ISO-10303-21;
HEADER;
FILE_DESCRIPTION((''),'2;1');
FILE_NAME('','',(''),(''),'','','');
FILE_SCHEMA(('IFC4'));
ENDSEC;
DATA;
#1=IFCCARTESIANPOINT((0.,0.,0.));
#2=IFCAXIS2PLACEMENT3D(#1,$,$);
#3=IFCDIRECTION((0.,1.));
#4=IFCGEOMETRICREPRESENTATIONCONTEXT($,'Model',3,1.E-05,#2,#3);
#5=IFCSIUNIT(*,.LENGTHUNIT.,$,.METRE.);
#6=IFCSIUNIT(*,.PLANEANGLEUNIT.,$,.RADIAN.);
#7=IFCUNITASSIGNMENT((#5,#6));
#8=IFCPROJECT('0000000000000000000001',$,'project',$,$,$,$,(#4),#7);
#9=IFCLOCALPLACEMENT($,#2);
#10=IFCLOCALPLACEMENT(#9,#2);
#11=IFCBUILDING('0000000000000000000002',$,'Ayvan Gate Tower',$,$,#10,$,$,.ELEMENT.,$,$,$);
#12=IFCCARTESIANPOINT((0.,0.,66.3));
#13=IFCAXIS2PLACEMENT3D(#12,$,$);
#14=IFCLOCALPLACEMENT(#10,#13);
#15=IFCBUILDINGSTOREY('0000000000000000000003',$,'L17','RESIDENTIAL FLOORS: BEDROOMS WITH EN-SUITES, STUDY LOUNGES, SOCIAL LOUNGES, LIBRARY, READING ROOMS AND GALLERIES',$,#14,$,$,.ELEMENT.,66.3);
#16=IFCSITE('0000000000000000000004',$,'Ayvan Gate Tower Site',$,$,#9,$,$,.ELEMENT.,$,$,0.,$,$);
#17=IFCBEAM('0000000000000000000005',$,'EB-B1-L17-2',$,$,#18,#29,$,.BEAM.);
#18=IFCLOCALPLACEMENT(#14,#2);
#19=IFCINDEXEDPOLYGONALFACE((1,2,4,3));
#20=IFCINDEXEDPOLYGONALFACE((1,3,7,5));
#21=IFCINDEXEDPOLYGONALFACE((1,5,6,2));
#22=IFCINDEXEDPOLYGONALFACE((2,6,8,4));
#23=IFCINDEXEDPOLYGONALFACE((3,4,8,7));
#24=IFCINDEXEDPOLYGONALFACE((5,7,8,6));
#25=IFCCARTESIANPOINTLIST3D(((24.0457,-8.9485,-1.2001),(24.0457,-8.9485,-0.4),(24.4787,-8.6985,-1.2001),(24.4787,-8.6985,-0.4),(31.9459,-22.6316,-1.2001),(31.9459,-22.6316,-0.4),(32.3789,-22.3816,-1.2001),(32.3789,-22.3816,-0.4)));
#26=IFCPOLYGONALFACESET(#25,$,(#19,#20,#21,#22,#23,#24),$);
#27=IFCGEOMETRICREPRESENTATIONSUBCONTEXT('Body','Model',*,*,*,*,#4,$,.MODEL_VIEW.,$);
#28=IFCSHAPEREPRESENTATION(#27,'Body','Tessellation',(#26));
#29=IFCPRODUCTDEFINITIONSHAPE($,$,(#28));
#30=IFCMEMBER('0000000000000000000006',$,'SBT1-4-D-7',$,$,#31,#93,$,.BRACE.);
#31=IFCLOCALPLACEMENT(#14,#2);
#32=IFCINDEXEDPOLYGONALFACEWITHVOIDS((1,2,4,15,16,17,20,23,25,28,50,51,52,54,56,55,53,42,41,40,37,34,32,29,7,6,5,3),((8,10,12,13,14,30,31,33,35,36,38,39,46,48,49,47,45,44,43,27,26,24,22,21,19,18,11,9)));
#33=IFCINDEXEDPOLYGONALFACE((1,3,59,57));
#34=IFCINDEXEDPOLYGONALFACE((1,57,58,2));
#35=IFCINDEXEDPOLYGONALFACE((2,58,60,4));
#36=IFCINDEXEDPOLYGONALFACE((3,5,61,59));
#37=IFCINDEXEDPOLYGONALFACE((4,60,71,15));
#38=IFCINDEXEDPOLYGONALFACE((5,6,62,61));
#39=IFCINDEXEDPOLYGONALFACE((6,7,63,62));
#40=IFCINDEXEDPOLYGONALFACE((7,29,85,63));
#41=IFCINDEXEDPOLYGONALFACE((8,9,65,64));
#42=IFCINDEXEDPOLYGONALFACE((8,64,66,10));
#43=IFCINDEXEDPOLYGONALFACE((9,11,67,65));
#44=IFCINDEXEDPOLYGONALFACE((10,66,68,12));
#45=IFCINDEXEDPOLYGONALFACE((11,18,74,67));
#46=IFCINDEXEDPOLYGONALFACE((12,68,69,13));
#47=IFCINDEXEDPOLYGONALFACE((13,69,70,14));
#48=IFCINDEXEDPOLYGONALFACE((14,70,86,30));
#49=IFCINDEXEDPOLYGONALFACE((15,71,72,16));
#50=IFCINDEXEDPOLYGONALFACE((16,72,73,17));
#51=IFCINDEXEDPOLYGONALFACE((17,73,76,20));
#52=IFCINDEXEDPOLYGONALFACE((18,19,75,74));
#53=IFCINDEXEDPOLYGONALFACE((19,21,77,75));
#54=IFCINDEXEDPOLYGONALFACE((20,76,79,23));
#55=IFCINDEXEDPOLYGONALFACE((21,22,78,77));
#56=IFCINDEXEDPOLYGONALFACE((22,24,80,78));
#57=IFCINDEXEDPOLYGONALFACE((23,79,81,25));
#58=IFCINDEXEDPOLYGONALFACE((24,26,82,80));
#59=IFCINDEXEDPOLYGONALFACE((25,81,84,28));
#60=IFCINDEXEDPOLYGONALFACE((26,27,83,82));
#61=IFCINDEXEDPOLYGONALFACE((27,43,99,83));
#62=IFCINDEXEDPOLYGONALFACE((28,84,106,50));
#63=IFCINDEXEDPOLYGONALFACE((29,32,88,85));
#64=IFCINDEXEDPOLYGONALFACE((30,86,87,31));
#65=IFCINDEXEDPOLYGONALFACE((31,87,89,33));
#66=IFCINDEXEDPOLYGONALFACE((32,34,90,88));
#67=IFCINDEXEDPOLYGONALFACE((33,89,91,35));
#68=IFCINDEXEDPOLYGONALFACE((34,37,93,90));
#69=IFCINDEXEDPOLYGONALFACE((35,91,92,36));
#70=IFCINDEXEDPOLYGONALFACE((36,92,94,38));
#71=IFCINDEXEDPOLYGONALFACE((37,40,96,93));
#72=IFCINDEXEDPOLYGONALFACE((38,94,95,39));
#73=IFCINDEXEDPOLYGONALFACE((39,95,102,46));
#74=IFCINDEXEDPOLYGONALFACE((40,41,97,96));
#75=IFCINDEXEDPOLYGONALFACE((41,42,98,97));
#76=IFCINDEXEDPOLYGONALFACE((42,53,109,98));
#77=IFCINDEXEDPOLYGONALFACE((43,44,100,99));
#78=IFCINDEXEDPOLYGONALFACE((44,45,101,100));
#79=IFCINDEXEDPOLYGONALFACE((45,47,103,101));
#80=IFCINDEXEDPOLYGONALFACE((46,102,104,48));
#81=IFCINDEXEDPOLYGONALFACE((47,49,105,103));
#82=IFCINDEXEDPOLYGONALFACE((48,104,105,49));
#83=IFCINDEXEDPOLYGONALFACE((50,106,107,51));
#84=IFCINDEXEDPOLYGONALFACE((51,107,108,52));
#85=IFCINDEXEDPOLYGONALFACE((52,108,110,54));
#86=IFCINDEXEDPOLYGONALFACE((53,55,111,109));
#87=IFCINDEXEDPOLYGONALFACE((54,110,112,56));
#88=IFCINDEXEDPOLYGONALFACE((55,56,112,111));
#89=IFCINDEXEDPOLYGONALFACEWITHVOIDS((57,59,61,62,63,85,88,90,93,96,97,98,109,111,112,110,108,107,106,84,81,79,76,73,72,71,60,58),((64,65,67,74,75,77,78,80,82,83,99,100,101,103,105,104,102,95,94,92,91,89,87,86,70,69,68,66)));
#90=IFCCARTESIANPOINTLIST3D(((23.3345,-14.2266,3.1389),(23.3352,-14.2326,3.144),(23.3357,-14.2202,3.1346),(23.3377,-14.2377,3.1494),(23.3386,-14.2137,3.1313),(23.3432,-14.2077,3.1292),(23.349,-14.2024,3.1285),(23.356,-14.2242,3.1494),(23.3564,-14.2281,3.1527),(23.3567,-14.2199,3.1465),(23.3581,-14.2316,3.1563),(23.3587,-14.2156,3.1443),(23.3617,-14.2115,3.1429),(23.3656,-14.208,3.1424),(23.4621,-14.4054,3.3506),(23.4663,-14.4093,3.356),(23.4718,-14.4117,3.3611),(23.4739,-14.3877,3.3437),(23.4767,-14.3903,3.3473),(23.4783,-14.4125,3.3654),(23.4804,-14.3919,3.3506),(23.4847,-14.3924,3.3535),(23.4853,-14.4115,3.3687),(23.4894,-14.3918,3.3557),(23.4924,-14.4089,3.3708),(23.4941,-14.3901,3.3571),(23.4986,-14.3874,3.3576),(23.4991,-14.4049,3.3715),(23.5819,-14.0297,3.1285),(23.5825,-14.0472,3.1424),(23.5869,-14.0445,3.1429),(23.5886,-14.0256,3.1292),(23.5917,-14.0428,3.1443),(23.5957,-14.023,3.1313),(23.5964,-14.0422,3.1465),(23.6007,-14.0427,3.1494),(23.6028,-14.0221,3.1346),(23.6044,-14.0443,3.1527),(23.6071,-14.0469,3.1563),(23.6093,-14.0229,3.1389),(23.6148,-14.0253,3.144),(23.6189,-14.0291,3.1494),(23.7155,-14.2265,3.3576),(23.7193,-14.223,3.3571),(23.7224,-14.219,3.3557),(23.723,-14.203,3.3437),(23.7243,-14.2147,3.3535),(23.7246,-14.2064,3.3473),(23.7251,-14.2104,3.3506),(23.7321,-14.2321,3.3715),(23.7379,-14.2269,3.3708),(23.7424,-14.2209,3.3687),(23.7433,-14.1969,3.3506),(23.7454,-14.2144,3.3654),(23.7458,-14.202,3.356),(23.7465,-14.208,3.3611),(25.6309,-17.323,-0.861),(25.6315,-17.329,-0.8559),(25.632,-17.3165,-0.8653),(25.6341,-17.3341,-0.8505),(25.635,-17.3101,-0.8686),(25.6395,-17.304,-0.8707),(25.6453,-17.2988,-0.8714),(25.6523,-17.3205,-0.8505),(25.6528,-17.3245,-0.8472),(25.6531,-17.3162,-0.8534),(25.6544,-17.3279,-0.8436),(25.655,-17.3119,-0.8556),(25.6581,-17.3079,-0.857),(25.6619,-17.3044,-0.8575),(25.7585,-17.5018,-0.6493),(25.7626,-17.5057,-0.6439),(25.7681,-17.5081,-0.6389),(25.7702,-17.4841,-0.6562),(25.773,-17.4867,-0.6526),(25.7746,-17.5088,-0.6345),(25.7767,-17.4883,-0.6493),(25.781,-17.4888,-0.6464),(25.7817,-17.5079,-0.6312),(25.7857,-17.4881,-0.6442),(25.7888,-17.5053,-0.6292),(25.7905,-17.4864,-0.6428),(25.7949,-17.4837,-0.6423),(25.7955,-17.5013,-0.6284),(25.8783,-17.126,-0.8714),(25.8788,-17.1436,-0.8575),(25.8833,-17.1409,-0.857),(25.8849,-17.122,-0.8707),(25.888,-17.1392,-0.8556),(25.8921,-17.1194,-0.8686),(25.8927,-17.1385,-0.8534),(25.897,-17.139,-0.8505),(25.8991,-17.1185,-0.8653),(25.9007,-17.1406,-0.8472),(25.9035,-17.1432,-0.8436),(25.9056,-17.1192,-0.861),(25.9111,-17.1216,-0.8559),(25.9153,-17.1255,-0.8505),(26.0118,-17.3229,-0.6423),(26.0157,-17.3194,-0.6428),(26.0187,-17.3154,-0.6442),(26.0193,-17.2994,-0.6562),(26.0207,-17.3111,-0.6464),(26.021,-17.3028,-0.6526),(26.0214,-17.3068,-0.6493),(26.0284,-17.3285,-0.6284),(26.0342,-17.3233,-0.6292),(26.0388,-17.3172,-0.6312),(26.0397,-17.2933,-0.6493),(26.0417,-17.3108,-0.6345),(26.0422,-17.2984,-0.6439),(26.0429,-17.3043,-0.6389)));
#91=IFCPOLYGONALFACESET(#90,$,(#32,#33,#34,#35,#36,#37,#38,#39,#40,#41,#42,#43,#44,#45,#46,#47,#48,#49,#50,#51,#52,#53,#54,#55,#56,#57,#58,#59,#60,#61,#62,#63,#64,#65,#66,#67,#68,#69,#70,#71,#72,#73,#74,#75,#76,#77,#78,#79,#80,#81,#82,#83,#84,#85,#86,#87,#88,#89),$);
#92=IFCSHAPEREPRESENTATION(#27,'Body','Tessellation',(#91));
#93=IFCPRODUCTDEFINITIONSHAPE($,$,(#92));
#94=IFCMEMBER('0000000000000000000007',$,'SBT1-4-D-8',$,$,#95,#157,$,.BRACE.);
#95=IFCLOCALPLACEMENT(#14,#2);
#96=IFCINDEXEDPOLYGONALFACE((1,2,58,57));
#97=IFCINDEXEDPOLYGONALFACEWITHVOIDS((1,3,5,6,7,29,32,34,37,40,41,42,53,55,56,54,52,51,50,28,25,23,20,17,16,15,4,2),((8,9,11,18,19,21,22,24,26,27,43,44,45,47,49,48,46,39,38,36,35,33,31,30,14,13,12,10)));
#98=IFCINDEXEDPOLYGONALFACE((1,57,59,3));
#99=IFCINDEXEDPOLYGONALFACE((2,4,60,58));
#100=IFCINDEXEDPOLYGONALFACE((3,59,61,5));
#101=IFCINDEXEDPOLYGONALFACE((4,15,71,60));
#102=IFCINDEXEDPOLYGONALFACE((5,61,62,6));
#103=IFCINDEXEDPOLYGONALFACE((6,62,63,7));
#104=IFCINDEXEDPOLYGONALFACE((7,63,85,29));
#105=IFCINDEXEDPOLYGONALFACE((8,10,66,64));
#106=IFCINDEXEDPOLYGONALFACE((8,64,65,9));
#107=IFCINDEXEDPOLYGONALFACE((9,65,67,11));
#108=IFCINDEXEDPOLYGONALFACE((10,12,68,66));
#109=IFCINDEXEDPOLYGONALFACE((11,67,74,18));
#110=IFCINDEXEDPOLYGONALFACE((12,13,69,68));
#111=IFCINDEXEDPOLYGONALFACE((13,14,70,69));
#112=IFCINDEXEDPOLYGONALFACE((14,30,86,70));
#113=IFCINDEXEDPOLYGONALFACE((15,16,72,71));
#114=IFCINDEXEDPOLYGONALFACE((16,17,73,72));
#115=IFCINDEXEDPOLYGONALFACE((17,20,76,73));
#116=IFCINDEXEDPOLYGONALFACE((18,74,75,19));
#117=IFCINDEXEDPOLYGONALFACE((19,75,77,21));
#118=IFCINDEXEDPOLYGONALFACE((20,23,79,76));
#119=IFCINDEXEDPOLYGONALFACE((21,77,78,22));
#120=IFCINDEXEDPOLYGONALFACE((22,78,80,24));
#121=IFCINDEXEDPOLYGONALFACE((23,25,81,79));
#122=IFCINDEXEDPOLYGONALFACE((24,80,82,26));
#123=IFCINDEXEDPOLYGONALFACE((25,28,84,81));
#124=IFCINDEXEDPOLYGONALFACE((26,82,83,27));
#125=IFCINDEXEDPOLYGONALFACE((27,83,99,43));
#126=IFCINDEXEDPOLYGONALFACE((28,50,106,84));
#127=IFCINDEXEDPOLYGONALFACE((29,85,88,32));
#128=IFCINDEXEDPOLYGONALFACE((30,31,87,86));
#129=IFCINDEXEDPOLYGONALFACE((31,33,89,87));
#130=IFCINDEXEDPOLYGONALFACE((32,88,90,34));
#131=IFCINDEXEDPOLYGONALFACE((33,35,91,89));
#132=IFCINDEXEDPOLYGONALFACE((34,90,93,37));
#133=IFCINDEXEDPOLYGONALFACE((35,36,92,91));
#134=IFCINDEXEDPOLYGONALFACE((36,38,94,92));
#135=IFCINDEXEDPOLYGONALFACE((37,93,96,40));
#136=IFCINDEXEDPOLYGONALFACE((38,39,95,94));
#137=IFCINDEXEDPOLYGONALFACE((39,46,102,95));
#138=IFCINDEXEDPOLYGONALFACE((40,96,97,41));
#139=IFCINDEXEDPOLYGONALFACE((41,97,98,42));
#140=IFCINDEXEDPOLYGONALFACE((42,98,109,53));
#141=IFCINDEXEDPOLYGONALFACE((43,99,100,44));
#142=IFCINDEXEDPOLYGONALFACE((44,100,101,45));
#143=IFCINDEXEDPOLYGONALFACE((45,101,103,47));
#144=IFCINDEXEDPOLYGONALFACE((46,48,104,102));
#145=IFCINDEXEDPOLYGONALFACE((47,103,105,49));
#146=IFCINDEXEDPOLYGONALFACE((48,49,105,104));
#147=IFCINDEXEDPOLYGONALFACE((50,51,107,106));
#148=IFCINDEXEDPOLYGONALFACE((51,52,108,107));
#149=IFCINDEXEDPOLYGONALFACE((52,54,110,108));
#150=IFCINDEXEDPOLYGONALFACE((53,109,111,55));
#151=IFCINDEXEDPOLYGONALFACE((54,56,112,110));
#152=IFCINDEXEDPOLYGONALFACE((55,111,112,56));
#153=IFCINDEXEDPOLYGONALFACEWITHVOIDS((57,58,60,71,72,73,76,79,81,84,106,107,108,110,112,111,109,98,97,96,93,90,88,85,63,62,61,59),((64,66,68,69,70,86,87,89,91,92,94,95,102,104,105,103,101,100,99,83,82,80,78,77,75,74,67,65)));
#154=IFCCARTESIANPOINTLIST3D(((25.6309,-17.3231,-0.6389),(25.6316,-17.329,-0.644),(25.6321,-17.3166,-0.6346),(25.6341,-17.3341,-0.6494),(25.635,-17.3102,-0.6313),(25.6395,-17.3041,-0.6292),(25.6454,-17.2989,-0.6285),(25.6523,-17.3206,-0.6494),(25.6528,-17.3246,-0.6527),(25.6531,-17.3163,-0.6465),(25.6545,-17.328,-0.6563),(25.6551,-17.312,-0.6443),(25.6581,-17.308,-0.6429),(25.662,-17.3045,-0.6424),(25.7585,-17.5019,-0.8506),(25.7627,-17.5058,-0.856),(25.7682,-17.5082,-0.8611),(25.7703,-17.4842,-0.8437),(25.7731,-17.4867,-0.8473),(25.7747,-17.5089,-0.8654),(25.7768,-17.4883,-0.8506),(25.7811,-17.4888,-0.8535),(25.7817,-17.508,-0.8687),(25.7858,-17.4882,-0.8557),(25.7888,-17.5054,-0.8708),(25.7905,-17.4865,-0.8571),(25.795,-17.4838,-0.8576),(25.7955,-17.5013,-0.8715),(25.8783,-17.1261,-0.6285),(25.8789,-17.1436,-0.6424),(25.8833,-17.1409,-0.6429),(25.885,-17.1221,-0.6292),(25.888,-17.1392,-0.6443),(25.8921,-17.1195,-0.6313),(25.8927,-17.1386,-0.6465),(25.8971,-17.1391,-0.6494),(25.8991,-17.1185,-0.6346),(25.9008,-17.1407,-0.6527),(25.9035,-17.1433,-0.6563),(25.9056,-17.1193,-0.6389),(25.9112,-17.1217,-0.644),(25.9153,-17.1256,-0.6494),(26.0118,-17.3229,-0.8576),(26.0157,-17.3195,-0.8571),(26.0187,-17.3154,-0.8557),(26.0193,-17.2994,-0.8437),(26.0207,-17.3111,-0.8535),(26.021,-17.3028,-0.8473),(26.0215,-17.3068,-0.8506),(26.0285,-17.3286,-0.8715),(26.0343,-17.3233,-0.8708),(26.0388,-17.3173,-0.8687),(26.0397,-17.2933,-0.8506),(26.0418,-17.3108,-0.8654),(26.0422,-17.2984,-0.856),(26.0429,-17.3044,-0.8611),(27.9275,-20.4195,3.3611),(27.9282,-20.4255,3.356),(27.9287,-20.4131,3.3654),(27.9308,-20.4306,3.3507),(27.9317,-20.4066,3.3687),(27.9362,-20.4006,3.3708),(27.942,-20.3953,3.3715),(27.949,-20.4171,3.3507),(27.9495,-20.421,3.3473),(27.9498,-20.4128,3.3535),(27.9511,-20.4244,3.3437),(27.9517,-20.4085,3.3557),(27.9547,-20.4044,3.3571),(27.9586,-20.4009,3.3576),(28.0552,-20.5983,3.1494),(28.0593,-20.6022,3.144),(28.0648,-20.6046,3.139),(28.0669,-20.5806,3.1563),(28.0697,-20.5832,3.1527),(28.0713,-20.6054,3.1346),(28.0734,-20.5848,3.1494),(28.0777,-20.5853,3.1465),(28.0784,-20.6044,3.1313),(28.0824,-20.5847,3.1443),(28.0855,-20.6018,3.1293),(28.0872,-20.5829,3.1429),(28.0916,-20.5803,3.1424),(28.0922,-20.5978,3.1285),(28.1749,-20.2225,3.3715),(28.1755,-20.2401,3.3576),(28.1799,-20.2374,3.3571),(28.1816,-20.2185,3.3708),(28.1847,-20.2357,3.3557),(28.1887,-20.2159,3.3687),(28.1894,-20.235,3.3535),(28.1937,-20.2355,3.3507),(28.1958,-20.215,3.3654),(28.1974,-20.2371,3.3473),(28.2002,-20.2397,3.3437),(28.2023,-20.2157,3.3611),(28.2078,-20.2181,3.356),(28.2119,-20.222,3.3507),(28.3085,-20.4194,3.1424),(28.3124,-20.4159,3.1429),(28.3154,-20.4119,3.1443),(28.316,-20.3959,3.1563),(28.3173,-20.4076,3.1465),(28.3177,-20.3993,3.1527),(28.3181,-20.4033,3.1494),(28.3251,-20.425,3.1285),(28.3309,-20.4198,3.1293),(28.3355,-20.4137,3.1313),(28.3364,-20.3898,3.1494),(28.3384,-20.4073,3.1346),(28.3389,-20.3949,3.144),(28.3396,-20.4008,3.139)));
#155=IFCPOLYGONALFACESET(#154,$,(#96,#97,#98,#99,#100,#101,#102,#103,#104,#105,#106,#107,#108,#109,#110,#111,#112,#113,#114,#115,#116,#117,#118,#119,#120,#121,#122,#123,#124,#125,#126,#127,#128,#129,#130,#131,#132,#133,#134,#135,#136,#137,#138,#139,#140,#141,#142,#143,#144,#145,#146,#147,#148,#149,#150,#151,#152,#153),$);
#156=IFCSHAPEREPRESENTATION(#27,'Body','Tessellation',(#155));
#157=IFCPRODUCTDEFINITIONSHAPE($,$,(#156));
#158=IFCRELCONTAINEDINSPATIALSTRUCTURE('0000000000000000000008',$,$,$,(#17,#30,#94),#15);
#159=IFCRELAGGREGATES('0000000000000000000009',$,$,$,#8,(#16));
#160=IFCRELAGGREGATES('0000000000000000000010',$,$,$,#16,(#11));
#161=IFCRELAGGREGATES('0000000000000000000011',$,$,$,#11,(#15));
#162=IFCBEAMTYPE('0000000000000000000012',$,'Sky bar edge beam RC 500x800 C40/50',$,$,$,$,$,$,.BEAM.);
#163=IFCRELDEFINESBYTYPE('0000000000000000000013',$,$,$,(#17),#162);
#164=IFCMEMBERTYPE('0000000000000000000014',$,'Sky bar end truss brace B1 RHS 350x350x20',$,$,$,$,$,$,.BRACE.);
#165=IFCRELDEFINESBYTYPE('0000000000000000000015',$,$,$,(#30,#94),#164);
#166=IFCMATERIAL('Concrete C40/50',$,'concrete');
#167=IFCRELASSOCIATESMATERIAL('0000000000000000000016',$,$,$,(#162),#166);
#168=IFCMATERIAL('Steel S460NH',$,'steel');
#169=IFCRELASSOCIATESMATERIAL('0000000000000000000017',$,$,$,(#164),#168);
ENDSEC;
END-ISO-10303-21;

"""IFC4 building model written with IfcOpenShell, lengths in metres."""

from ifc_helpers import new_model, si_unit, direction, frame, origin, origin_2d, place, context, subcontext, project, spatial, rectangle, hollow_rectangle, extrude, material, material_profile, profile_set, type_object, element, save


model = new_model("IFC4")

# Units and contexts
model_context = context("Model", 3, precision=1e-05, world=origin(), true_north=direction((0.0, 1.0)))
body_context = subcontext(model_context, "Body", "Model", "MODEL_VIEW")
ifc_project = project(units=[si_unit("LENGTHUNIT", "METRE"), si_unit("PLANEANGLEUNIT", "RADIAN")], contexts=[model_context])

# Site, building, storey
site_placement = place(None, origin())
site = spatial("IfcSite", under=ifc_project, at=site_placement, Name="Ayvan Gate Tower Site", CompositionType="ELEMENT", RefElevation=0.0)
building_placement = place(site_placement, origin())
building = spatial("IfcBuilding", under=site, at=building_placement, Name="Ayvan Gate Tower", CompositionType="ELEMENT")
storey_placement = place(building_placement, frame((0.0, 0.0, 66.3)))
storey = spatial("IfcBuildingStorey", under=building, at=storey_placement, Name="L17", Description="RESIDENTIAL FLOORS: BEDROOMS WITH EN-SUITES, STUDY LOUNGES, SOCIAL LOUNGES, LIBRARY, READING ROOMS AND GALLERIES", CompositionType="ELEMENT", Elevation=66.3)

# Beam
ifc_material_1 = material(Name="Concrete C40/50", Category="concrete")
ifc_material_profile_1 = material_profile(ifc_material_1, rectangle(XDim=0.5, YDim=0.8, at=origin_2d()), Name="RC 500x800")
ifc_profile_set_1 = profile_set([ifc_material_profile_1], Name="Concrete C40/50")
beam_type = type_object("IfcBeamType", Name="Sky bar edge beam RC 500x800 C40/50", PredefinedType="BEAM", material=ifc_profile_set_1)
beam_placement = place(storey_placement, frame((24.2622, -8.8235, -0.8), z_axis=(0.50001, -0.86602, 0.0), x_axis=(0.86602, 0.50001, 0.0)))
element("IfcBeam", 1, at=beam_placement, inside=storey, type_object=beam_type, Name="EB-B1-L17-2", PredefinedType="BEAM", context=body_context, shape_type="SweptSolid", body=[
    extrude(rectangle(XDim=0.5, YDim=0.8, at=origin_2d()), origin(), (0.0, 0.0, 1.0), 15.8),
])

# Members
ifc_material_2 = material(Name="Steel S460NH", Category="steel")
ifc_material_profile_2 = material_profile(ifc_material_2, hollow_rectangle(XDim=0.3501, YDim=0.3501, WallThickness=0.02, InnerFilletRadius=0.02, OuterFilletRadius=0.03, at=origin_2d()), Name="RHS 350x350x20")
ifc_profile_set_2 = profile_set([ifc_material_profile_2], Name="Steel S460NH")
member_type_1 = type_object("IfcMemberType", Name="Sky bar end truss brace B1 RHS 350x350x20", PredefinedType="BRACE", material=ifc_profile_set_2)
member_1_placement = place(storey_placement, frame((23.5405, -14.2173, 3.25), z_axis=(0.413369, -0.557385, -0.720034), x_axis=(0.803218, 0.595685, 0.0)))
element("IfcMember", 2, at=member_1_placement, inside=storey, type_object=member_type_1, Name="SBT1-4-D-7", PredefinedType="BRACE", context=body_context, shape_type="SweptSolid", body=[
    extrude(hollow_rectangle(XDim=0.3501, YDim=0.3501, WallThickness=0.02, InnerFilletRadius=0.02, OuterFilletRadius=0.03, at=origin_2d()), origin(), (0.0, 0.0, 1.0), 5.5552),
])
member_2_placement = place(storey_placement, frame((25.8369, -17.3137, -0.75), z_axis=(0.413405, -0.557374, 0.720021), x_axis=(0.803188, 0.595726, 0.0)))
element("IfcMember", 3, at=member_2_placement, inside=storey, type_object=member_type_1, Name="SBT1-4-D-8", PredefinedType="BRACE", context=body_context, shape_type="SweptSolid", body=[
    extrude(hollow_rectangle(XDim=0.3501, YDim=0.3501, WallThickness=0.02, InnerFilletRadius=0.02, OuterFilletRadius=0.03, at=origin_2d()), origin(), (0.0, 0.0, 1.0), 5.5554),
])

save(model, "model.ifc")
